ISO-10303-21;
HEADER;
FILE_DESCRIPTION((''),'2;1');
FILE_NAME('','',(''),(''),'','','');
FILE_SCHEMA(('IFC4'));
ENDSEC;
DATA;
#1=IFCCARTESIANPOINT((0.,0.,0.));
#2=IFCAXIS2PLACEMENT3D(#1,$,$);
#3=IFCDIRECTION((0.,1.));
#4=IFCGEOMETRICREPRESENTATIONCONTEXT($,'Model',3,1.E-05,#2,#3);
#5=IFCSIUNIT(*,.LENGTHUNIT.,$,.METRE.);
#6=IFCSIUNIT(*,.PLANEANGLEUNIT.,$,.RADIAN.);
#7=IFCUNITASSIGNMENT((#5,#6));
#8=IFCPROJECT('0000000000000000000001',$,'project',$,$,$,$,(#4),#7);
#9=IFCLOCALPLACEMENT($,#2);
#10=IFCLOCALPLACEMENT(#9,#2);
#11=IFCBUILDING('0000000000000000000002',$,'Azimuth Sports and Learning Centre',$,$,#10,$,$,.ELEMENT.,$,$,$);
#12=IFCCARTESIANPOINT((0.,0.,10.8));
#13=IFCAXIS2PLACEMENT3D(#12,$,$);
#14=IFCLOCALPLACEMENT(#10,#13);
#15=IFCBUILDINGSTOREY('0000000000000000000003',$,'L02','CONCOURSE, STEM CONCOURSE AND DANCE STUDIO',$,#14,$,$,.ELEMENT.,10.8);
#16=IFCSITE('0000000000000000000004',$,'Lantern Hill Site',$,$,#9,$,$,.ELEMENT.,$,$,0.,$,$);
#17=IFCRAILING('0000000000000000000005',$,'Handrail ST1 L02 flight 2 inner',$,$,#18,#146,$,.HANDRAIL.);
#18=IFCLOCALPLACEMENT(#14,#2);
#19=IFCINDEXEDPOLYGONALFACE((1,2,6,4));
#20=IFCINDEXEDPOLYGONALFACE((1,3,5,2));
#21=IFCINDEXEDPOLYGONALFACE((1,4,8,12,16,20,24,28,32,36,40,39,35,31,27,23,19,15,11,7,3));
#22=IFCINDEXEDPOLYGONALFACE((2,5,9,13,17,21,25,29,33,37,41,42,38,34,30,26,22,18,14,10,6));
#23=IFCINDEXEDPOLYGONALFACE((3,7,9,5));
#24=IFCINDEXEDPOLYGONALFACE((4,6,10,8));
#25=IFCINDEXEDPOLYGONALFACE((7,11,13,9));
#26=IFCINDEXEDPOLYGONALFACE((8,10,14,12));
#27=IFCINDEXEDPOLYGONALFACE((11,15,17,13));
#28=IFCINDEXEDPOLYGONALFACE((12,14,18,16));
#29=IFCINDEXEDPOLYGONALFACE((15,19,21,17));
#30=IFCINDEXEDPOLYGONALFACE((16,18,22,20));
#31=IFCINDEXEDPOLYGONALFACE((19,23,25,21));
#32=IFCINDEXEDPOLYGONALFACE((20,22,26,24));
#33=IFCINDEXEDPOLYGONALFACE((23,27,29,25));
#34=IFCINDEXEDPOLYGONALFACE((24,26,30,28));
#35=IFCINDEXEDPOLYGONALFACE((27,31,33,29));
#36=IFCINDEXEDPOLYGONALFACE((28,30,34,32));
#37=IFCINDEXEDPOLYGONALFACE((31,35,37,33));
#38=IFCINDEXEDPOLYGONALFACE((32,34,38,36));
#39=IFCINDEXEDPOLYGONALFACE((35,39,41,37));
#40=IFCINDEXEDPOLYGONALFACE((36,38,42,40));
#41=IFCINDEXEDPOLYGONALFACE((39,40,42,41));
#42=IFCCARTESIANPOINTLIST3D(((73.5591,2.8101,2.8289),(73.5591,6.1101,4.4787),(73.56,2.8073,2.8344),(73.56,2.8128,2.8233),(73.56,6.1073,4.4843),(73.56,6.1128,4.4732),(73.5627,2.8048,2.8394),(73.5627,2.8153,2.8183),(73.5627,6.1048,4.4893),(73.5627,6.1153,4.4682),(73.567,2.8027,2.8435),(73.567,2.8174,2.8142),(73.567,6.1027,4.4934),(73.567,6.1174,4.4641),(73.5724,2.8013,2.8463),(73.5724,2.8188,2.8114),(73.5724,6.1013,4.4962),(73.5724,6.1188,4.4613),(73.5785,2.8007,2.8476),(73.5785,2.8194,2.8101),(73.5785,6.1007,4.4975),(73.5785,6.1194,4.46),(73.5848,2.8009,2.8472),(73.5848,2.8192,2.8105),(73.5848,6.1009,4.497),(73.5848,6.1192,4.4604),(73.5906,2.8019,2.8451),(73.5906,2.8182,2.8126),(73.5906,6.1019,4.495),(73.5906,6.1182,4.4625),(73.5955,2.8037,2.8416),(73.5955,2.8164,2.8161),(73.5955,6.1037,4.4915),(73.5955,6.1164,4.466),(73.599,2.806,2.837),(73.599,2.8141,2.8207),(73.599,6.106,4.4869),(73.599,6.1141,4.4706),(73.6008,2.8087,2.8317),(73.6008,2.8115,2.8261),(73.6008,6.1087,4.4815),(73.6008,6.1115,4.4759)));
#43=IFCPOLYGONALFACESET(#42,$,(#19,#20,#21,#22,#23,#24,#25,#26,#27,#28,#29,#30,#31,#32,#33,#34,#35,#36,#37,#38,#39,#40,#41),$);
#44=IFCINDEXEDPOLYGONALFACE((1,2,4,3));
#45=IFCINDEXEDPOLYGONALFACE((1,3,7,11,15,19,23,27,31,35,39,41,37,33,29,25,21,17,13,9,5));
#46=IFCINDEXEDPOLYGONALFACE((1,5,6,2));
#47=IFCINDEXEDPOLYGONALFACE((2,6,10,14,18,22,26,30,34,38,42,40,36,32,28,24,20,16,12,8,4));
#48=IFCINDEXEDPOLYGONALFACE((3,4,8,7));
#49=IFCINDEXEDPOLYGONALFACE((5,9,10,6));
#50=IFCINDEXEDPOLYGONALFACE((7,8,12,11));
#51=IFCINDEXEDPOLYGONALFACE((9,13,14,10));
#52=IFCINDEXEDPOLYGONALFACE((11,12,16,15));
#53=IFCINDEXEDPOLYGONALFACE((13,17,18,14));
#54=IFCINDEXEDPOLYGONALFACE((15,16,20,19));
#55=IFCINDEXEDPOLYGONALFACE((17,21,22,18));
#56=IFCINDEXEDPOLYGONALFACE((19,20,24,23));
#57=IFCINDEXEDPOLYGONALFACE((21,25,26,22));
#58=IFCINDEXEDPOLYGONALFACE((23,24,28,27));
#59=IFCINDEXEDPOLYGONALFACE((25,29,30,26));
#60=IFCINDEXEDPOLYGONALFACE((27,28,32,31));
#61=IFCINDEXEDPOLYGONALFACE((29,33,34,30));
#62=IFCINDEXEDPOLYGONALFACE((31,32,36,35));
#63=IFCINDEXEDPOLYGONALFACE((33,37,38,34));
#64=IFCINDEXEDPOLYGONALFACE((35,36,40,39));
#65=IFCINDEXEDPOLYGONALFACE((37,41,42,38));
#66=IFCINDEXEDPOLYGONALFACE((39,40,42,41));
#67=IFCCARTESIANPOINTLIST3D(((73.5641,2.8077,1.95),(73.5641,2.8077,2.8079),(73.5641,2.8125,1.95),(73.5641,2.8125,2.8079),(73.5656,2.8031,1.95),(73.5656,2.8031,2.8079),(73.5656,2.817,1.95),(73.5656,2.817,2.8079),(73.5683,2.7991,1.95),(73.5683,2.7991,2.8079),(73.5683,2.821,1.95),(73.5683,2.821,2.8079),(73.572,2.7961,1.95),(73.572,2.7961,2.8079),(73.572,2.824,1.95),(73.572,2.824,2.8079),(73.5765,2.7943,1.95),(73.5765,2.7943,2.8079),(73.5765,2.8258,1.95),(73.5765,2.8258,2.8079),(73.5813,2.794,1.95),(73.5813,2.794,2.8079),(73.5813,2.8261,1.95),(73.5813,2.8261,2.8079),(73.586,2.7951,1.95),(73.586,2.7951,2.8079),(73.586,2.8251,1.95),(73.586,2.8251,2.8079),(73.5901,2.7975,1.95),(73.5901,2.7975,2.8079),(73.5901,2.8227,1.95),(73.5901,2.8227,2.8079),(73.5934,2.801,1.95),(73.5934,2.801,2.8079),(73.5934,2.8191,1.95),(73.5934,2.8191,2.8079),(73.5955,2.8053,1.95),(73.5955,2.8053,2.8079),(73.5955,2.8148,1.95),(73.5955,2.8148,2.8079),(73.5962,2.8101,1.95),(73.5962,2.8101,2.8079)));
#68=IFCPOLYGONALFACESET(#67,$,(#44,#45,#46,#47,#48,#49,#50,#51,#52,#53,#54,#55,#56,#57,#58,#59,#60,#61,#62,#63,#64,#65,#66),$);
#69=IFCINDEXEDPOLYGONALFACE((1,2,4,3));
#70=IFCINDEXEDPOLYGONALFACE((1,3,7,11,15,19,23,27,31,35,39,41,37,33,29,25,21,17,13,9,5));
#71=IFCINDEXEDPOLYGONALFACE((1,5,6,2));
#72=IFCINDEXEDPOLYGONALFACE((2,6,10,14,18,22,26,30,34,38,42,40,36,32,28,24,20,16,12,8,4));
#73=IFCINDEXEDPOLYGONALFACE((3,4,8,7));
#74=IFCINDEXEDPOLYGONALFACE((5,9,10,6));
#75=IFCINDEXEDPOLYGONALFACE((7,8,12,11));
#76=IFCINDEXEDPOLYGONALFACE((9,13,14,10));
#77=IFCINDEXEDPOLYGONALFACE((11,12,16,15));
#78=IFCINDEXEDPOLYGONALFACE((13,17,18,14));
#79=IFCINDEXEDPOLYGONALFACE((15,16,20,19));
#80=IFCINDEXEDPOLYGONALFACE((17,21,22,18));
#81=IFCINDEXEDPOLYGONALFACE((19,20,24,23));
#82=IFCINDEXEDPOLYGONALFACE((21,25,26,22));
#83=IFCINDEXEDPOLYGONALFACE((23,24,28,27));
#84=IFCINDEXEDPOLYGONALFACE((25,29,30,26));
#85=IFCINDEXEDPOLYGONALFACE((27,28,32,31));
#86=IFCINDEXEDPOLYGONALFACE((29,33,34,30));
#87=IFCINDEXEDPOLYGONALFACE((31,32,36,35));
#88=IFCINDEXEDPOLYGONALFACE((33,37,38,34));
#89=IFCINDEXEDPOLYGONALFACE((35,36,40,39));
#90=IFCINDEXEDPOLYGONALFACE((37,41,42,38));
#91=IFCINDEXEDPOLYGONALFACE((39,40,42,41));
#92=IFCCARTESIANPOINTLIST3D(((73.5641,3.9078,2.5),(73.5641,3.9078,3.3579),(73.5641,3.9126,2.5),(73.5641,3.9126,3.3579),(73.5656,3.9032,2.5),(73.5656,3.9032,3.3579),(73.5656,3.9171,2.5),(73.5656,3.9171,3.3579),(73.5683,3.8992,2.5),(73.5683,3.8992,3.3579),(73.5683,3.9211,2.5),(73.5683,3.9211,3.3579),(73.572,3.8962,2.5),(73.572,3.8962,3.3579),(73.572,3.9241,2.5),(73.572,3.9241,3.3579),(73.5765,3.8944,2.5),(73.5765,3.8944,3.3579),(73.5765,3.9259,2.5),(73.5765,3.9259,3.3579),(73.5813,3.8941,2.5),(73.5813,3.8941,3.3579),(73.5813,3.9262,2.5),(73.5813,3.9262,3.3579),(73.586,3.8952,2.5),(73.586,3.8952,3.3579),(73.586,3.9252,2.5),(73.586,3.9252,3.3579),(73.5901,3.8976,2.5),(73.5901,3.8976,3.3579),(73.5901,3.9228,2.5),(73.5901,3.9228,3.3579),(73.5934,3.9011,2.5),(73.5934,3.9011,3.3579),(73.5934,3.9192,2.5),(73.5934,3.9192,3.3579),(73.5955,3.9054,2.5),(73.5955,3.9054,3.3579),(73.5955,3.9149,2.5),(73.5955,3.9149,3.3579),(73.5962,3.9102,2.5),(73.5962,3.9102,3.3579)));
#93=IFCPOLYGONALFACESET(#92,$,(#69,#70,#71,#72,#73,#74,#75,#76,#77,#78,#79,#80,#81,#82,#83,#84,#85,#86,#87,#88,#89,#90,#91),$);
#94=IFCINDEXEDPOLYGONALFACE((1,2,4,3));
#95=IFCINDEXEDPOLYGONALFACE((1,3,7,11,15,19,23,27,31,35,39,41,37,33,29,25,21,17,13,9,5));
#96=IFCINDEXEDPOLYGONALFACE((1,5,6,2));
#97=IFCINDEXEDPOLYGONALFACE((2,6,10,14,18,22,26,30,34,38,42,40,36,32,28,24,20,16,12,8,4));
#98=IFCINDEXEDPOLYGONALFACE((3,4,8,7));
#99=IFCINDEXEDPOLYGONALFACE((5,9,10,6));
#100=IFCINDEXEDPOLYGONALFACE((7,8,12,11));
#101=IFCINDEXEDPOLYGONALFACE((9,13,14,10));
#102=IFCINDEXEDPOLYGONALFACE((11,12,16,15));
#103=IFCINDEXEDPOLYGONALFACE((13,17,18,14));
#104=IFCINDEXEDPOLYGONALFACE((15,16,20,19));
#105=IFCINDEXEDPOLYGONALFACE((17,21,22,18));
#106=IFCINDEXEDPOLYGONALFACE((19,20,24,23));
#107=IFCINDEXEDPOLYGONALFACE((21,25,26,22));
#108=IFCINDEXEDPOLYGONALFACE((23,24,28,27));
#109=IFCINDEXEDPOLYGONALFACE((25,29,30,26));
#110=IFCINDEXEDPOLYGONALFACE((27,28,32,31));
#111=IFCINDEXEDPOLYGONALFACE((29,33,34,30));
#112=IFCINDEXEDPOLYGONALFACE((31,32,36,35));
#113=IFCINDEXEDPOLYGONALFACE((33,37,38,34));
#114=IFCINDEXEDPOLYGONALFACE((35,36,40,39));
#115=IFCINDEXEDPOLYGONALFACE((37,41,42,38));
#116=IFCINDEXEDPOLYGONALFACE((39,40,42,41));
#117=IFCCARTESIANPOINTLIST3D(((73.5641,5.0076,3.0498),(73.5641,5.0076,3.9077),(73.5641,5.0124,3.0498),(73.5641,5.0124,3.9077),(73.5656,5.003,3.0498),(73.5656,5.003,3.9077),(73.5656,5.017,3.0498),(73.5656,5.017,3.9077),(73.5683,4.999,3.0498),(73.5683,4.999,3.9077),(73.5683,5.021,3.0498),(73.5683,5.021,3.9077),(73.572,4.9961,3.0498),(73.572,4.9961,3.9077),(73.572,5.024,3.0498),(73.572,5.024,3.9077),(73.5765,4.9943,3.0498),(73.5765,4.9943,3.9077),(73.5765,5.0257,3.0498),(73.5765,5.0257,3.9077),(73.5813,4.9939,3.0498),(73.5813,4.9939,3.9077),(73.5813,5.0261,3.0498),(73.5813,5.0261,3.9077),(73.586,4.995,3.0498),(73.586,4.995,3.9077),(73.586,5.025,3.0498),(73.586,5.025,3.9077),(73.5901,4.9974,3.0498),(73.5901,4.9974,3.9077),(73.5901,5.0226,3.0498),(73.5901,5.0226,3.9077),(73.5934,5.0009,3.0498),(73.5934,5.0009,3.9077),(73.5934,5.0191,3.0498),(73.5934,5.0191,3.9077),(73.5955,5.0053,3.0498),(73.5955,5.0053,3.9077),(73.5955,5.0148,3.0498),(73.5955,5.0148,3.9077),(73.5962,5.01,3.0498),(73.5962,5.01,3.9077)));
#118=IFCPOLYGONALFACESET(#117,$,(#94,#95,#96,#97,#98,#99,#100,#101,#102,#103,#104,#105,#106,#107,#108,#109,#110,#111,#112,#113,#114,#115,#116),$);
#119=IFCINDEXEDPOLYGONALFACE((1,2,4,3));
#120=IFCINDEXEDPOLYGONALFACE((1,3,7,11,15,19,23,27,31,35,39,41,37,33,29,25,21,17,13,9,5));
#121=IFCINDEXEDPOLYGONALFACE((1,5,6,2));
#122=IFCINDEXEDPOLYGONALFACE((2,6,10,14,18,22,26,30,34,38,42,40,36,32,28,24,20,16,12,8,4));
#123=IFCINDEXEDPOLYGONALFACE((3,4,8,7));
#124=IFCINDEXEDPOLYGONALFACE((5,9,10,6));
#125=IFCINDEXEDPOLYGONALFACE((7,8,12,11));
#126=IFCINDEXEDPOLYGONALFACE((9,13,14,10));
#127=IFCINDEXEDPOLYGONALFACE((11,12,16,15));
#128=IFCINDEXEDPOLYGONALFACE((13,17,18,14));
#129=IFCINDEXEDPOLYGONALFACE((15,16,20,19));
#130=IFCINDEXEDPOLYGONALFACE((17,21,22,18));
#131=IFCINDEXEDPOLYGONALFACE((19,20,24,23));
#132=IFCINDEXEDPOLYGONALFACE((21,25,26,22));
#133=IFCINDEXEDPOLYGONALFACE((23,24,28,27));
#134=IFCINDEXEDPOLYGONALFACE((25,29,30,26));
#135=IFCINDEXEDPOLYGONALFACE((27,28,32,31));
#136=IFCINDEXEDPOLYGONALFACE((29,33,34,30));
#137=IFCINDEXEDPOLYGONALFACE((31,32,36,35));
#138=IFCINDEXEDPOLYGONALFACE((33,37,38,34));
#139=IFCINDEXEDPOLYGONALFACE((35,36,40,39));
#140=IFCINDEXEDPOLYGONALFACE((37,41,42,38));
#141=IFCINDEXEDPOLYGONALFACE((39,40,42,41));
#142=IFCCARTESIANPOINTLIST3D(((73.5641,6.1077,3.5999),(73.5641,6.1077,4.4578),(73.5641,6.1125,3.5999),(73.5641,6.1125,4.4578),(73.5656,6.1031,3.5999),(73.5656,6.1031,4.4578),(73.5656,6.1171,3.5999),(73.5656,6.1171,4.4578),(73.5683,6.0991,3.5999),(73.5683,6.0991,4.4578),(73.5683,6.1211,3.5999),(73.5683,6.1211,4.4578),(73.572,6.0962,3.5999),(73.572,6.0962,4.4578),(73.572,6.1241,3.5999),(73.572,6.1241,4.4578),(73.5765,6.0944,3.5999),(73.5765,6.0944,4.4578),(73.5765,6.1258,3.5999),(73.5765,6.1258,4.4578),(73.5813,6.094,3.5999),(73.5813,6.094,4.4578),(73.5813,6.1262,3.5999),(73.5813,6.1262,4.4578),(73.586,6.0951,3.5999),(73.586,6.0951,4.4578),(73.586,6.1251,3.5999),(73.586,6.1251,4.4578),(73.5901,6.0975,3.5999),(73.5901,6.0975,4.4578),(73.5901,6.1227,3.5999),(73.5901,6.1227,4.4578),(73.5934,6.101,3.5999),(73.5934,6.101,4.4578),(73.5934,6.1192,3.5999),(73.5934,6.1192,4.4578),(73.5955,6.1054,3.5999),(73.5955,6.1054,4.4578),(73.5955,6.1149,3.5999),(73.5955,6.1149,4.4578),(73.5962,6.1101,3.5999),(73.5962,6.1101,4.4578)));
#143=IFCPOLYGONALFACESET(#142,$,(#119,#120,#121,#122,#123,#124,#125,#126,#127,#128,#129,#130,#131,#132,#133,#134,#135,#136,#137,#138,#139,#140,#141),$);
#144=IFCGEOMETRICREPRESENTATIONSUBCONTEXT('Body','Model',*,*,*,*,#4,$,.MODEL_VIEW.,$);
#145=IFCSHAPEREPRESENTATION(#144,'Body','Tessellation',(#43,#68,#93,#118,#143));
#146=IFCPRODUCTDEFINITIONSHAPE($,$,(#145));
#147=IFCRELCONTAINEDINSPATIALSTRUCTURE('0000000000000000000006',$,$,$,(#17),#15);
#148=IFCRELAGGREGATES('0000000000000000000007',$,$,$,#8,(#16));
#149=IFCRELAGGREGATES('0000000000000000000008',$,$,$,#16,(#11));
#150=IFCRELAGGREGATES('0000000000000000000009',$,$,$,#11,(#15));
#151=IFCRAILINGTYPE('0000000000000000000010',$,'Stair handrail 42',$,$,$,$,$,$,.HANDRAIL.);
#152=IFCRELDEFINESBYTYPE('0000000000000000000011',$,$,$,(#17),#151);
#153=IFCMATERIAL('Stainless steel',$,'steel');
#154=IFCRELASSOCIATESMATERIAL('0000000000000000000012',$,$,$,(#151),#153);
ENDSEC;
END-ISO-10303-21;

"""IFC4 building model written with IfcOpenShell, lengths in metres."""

from ifc_helpers import new_model, si_unit, direction, frame, origin, origin_2d, place, context, subcontext, project, spatial, circle, extrude, material, type_object, element, save


model = new_model("IFC4")

# Units and contexts
model_context = context("Model", 3, precision=1e-05, world=origin(), true_north=direction((0.0, 1.0)))
body_context = subcontext(model_context, "Body", "Model", "MODEL_VIEW")
ifc_project = project(units=[si_unit("LENGTHUNIT", "METRE"), si_unit("PLANEANGLEUNIT", "RADIAN")], contexts=[model_context])

# Site, building, storey
site_placement = place(None, origin())
site = spatial("IfcSite", under=ifc_project, at=site_placement, Name="Lantern Hill Site", CompositionType="ELEMENT", RefElevation=0.0)
building_placement = place(site_placement, origin())
building = spatial("IfcBuilding", under=site, at=building_placement, Name="Azimuth Sports and Learning Centre", CompositionType="ELEMENT")
storey_placement = place(building_placement, frame((0.0, 0.0, 10.8)))
storey = spatial("IfcBuildingStorey", under=building, at=storey_placement, Name="L02", Description="CONCOURSE, STEM CONCOURSE AND DANCE STUDIO", CompositionType="ELEMENT", Elevation=10.8)

# Railing
ifc_material_1 = material(Name="Stainless steel", Category="steel")
railing_type_1 = type_object("IfcRailingType", Name="Stair handrail 42", PredefinedType="HANDRAIL", material=ifc_material_1)
for number, where, name in (
    (1, (73.5801, 2.8101, 1.95), "Handrail ST1 L02 flight 2 inner"),
):
    element("IfcRailing", number, at=place(storey_placement, frame(where)), inside=storey, type_object=railing_type_1, Name=name, PredefinedType="HANDRAIL", context=body_context, shape_type="SweptSolid", body=[
        extrude(circle(Radius=0.021, at=origin_2d()), frame((0.0, 0.0, 0.8789), z_axis=(0.0, 0.89444, 0.447187), x_axis=(-1.0, 0.0, 0.0)), (0.0, 0.0, 1.0), 3.6895),
        extrude(circle(Radius=0.0161, at=origin_2d()), origin(), (0.0, 0.0, 1.0), 0.8579),
        extrude(circle(Radius=0.0161, at=origin_2d()), frame((0.0, 1.1001, 0.55)), (0.0, 0.0, 1.0), 0.8579),
        extrude(circle(Radius=0.0161, at=origin_2d()), frame((0.0, 2.2, 1.0999)), (0.0, 0.0, 1.0), 0.8579),
        extrude(circle(Radius=0.0161, at=origin_2d()), frame((0.0, 3.3, 1.6499)), (0.0, 0.0, 1.0), 0.8579),
    ])

save(model, "model.ifc")
